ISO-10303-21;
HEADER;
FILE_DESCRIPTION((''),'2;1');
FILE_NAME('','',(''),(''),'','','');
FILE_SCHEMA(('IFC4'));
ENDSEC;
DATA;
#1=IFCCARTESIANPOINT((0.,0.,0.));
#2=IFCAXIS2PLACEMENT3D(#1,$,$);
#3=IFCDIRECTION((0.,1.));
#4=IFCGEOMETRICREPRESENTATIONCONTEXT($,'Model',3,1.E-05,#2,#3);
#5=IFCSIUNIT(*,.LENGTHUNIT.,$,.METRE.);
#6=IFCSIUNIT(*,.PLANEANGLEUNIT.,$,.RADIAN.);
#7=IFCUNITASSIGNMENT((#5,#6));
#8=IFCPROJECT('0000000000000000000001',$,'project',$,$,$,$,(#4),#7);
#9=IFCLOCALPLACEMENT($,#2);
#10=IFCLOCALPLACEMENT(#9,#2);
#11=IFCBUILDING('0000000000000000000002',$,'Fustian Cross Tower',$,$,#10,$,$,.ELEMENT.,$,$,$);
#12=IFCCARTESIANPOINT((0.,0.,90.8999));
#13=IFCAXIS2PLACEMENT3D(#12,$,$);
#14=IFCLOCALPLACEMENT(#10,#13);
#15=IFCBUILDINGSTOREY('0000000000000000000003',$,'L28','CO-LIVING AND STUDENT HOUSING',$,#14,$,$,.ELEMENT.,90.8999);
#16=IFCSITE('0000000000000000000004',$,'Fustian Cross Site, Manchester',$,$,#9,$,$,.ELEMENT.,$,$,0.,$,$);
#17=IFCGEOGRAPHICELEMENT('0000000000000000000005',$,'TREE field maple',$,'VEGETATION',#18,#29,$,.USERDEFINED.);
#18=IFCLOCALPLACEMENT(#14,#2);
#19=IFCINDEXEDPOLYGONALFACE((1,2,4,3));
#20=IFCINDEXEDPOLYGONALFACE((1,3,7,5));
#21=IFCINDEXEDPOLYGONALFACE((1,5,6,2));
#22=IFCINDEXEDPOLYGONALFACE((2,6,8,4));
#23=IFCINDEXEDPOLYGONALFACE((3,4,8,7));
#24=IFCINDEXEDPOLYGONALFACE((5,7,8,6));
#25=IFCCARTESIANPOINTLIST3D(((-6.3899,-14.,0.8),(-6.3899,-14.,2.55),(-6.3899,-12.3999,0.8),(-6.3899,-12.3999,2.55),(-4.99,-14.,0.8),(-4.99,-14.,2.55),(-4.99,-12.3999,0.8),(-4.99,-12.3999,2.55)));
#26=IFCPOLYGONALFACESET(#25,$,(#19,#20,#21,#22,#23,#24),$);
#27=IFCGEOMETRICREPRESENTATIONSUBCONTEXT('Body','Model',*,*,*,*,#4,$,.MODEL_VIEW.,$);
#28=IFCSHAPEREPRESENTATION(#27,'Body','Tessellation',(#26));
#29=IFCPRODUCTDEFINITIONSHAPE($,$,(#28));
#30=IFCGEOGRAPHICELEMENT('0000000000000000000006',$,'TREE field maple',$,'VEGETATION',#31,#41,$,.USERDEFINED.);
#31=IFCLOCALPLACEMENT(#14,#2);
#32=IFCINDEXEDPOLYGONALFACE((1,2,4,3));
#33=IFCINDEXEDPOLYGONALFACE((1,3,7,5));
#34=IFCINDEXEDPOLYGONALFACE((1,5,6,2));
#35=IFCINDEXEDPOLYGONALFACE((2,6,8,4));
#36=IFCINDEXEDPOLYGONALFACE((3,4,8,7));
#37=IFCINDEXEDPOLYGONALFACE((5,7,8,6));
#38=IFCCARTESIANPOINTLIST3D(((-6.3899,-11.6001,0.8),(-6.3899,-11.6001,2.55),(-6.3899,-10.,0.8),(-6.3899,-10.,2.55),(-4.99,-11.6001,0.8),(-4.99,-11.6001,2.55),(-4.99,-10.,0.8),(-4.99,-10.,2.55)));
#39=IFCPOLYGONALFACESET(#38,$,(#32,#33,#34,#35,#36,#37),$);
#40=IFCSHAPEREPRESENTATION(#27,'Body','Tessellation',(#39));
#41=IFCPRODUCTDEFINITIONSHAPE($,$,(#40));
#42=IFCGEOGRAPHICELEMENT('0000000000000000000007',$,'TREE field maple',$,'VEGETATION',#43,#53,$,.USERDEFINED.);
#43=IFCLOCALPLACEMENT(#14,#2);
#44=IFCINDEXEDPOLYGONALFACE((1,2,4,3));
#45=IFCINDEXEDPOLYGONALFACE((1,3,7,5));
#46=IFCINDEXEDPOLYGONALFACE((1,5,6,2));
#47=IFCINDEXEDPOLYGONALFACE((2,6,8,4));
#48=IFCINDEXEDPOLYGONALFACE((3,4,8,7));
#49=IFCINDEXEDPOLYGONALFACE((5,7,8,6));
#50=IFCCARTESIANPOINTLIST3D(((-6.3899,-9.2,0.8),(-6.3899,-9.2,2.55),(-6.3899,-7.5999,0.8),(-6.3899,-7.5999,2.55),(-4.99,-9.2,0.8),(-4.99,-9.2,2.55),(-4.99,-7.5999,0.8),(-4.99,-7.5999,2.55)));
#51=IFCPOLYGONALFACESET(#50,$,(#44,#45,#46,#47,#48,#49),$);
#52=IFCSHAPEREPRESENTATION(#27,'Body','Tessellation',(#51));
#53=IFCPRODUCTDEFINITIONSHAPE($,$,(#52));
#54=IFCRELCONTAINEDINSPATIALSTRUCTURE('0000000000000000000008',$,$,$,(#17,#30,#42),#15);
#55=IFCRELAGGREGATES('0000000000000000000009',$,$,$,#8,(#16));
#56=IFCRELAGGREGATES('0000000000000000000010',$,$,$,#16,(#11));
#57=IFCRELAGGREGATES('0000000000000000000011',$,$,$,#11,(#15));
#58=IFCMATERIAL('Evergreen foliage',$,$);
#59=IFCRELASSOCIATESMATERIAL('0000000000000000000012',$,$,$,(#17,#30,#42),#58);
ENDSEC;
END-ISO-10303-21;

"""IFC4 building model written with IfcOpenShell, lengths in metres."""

from ifc_helpers import new_model, si_unit, direction, frame, origin, origin_2d, place, context, subcontext, project, spatial, rectangle, extrude, material, element, save


model = new_model("IFC4")

# Units and contexts
model_context = context("Model", 3, precision=1e-05, world=origin(), true_north=direction((0.0, 1.0)))
body_context = subcontext(model_context, "Body", "Model", "MODEL_VIEW")
ifc_project = project(units=[si_unit("LENGTHUNIT", "METRE"), si_unit("PLANEANGLEUNIT", "RADIAN")], contexts=[model_context])

# Site, building, storey
site_placement = place(None, origin())
site = spatial("IfcSite", under=ifc_project, at=site_placement, Name="Fustian Cross Site, Manchester", CompositionType="ELEMENT", RefElevation=0.0)
building_placement = place(site_placement, origin())
building = spatial("IfcBuilding", under=site, at=building_placement, Name="Fustian Cross Tower", CompositionType="ELEMENT")
storey_placement = place(building_placement, frame((0.0, 0.0, 90.8999)))
storey = spatial("IfcBuildingStorey", under=building, at=storey_placement, Name="L28", Description="CO-LIVING AND STUDENT HOUSING", CompositionType="ELEMENT", Elevation=90.8999)

# Geographic elements
ifc_material_1 = material(Name="Evergreen foliage")
for number, where, z_axis, x_axis, name in (
    (1, (-5.6899, -13.2, 0.8), (0.0, 0.0, 1.0), (1.0, 0.0, 0.0), "TREE field maple"),
    (2, (-5.6899, -10.8, 0.8), (0.0, 0.0, 1.0), (1.0, 0.0, 0.0), "TREE field maple"),
    (3, (-5.6899, -8.3999, 0.8), (0.0, 0.0, 1.0), (1.0, 0.0, 0.0), "TREE field maple"),
):
    element("IfcGeographicElement", number, at=place(storey_placement, frame(where, z_axis=z_axis, x_axis=x_axis)), inside=storey, material=ifc_material_1, Name=name, ObjectType="VEGETATION", PredefinedType="USERDEFINED", context=body_context, shape_type="SweptSolid", body=[
        extrude(rectangle(XDim=1.3999, YDim=1.6001, at=origin_2d()), origin(), (0.0, 0.0, 1.0), 1.75),
    ])

save(model, "model.ifc")
